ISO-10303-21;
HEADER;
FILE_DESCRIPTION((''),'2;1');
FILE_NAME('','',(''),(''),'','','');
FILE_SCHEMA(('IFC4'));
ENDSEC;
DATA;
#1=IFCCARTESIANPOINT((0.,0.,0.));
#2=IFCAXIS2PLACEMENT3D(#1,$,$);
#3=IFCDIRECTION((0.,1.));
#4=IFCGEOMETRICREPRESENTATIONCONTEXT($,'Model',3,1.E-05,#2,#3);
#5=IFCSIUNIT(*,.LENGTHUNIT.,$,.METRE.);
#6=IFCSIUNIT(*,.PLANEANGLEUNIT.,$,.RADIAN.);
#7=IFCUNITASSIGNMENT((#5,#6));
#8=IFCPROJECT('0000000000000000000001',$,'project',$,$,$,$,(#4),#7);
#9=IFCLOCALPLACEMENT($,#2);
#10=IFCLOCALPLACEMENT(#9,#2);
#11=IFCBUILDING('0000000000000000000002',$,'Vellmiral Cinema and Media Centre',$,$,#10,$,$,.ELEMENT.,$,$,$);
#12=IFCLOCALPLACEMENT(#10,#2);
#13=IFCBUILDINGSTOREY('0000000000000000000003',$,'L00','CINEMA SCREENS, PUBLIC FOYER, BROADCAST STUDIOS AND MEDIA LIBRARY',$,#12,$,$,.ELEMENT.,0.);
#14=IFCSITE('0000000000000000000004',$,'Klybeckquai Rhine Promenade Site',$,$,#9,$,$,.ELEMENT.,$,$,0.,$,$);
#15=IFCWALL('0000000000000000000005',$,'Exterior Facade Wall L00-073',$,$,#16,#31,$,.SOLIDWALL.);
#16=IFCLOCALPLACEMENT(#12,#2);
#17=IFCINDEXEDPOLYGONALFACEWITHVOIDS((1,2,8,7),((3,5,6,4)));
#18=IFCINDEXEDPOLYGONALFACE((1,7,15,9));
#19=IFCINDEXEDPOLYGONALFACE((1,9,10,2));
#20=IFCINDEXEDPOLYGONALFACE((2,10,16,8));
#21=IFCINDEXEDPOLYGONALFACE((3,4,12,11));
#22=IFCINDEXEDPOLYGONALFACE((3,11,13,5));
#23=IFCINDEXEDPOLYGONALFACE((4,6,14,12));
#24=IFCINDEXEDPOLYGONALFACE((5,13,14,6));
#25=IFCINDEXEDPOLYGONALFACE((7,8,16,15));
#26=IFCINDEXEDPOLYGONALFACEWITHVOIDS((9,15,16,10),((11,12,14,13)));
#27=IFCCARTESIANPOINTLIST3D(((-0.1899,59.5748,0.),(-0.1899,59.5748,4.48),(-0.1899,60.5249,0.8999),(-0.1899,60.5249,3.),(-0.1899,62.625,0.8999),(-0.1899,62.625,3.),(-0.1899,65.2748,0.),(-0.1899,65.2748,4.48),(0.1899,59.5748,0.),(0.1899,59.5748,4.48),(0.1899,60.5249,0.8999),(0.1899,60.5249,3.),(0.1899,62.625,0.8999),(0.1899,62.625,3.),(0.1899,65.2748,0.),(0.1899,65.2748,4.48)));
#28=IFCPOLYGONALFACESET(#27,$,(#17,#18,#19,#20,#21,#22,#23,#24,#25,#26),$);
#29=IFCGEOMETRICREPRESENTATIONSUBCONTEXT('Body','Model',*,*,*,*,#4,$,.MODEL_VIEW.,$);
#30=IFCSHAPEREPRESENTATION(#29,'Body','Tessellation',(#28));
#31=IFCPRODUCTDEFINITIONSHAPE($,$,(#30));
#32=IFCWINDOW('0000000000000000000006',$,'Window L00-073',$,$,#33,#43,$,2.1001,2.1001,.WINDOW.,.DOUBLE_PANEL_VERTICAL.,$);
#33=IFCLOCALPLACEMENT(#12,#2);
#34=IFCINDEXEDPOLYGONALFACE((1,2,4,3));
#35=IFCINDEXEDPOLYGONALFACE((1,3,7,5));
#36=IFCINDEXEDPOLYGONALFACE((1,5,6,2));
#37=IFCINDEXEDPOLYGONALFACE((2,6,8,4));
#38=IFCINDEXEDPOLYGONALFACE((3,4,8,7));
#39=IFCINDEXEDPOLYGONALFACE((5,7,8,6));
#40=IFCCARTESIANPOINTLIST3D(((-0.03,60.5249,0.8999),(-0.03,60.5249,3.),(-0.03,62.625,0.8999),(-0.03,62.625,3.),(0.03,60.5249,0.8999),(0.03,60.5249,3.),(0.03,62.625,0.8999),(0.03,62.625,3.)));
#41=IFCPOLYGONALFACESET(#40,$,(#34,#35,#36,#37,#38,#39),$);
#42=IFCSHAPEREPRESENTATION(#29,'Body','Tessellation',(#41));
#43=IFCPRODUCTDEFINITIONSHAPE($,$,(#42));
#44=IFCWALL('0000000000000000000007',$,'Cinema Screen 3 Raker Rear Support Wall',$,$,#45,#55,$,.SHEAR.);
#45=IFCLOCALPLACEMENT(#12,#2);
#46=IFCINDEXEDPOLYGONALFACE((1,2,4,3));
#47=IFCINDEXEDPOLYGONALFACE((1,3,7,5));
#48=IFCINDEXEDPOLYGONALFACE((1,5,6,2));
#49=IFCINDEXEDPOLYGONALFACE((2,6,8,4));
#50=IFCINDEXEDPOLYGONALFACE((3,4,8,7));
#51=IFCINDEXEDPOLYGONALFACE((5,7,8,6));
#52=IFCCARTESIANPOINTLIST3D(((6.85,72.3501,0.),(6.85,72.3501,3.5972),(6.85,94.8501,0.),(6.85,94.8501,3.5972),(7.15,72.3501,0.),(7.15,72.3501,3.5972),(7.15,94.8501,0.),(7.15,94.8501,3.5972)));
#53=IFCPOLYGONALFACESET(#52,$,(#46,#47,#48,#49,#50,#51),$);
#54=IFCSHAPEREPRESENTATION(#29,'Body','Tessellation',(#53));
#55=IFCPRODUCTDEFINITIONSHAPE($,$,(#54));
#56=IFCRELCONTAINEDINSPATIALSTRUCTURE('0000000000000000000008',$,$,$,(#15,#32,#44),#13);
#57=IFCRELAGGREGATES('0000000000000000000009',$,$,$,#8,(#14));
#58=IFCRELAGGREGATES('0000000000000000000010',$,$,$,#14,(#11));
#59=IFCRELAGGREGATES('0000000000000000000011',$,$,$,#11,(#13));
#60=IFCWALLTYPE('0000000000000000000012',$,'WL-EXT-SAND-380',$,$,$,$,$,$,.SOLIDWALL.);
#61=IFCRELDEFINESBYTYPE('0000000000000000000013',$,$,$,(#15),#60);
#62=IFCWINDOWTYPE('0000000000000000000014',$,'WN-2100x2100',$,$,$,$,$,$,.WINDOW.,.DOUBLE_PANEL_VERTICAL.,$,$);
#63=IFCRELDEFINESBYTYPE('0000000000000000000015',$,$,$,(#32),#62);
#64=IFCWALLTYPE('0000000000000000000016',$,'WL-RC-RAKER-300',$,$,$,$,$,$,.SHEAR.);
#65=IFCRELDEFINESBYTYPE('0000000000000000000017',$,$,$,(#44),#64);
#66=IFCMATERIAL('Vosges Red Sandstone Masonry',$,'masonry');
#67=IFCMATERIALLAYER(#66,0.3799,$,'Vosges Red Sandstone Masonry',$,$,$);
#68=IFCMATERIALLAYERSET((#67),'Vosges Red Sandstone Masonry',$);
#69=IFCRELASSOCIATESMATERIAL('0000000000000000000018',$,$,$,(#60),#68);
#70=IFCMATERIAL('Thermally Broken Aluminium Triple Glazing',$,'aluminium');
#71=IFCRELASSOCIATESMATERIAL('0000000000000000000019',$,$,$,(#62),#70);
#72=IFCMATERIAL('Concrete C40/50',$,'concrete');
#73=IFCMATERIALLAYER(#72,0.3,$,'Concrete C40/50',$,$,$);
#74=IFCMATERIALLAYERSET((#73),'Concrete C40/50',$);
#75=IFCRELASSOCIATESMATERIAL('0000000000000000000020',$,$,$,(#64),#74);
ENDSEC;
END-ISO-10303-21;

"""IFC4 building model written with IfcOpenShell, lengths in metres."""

from ifc_helpers import new_model, si_unit, direction, frame, frame_2d, origin, place, context, subcontext, project, spatial, rectangle, extrude, material, layer, layer_set, type_object, element, fill, save


model = new_model("IFC4")

# Units and contexts
model_context = context("Model", 3, precision=1e-05, world=origin(), true_north=direction((0.0, 1.0)))
body_context = subcontext(model_context, "Body", "Model", "MODEL_VIEW")
ifc_project = project(units=[si_unit("LENGTHUNIT", "METRE"), si_unit("PLANEANGLEUNIT", "RADIAN")], contexts=[model_context])

# Site, building, storey
site_placement = place(None, origin())
site = spatial("IfcSite", under=ifc_project, at=site_placement, Name="Klybeckquai Rhine Promenade Site", CompositionType="ELEMENT", RefElevation=0.0)
building_placement = place(site_placement, origin())
building = spatial("IfcBuilding", under=site, at=building_placement, Name="Vellmiral Cinema and Media Centre", CompositionType="ELEMENT")
storey_placement = place(building_placement, origin())
storey = spatial("IfcBuildingStorey", under=building, at=storey_placement, Name="L00", Description="CINEMA SCREENS, PUBLIC FOYER, BROADCAST STUDIOS AND MEDIA LIBRARY", CompositionType="ELEMENT", Elevation=0.0)

# Wall, opening, window
ifc_material_1 = material(Name="Vosges Red Sandstone Masonry", Category="masonry")
ifc_layer_1 = layer(ifc_material_1, 0.3799, Name="Vosges Red Sandstone Masonry")
ifc_layer_set_1 = layer_set([ifc_layer_1], Name="Vosges Red Sandstone Masonry")
wall_type_1 = type_object("IfcWallType", Name="WL-EXT-SAND-380", PredefinedType="SOLIDWALL", material=ifc_layer_set_1)
wall_1_placement = place(storey_placement, frame((0.0, 65.2749, 0.0), z_axis=(0.0, 0.0, 1.0), x_axis=(0.0, -1.0, 0.0)))
wall_1 = element("IfcWall", 1, at=wall_1_placement, inside=storey, type_object=wall_type_1, Name="Exterior Facade Wall L00-073", PredefinedType="SOLIDWALL", context=body_context, shape_type="SweptSolid", body=[
    extrude(rectangle(XDim=5.7, YDim=0.3799, at=frame_2d((2.8501, 0.0))), origin(), (0.0, 0.0, 1.0), 4.48),
])
opening_1_placement = place(wall_1_placement, frame((2.6499, 0.0, 0.8999)))
opening_1 = element("IfcOpeningElement", 2, at=opening_1_placement, cuts=wall_1, PredefinedType="OPENING", context=body_context, shape_type="SweptSolid", body=[
    extrude(rectangle(XDim=2.1001, YDim=2.1001, at=frame_2d((1.05, 1.05))), frame((0.0, 0.2019, 0.0), z_axis=(0.0, -1.0, 0.0), x_axis=(1.0, 0.0, 0.0)), (0.0, 0.0, 1.0), 0.4038),
])
ifc_material_2 = material(Name="Thermally Broken Aluminium Triple Glazing", Category="aluminium")
window_type_1 = type_object("IfcWindowType", Name="WN-2100x2100", PartitioningType="DOUBLE_PANEL_VERTICAL", PredefinedType="WINDOW", material=ifc_material_2)
window_1_placement = place(opening_1_placement, origin())
window_1 = element("IfcWindow", 3, at=window_1_placement, inside=storey, type_object=window_type_1, Name="Window L00-073", OverallHeight=2.1001, OverallWidth=2.1001, PartitioningType="DOUBLE_PANEL_VERTICAL", PredefinedType="WINDOW", context=body_context, shape_type="SweptSolid", body=[
    extrude(rectangle(XDim=2.1001, YDim=2.1001, at=frame_2d((1.05, 1.05))), frame((0.0, 0.03, 0.0), z_axis=(0.0, -1.0, 0.0), x_axis=(1.0, 0.0, 0.0)), (0.0, 0.0, 1.0), 0.0601),
])
fill(opening_1, window_1)

# Wall
ifc_material_3 = material(Name="Concrete C40/50", Category="concrete")
ifc_layer_2 = layer(ifc_material_3, 0.3, Name="Concrete C40/50")
ifc_layer_set_2 = layer_set([ifc_layer_2], Name="Concrete C40/50")
wall_type_2 = type_object("IfcWallType", Name="WL-RC-RAKER-300", PredefinedType="SHEAR", material=ifc_layer_set_2)
wall_2_placement = place(storey_placement, frame((7.0, 72.3501, 0.0), z_axis=(0.0, 0.0, 1.0), x_axis=(0.0, 1.0, 0.0)))
element("IfcWall", 4, at=wall_2_placement, inside=storey, type_object=wall_type_2, Name="Cinema Screen 3 Raker Rear Support Wall", PredefinedType="SHEAR", context=body_context, shape_type="SweptSolid", body=[
    extrude(rectangle(XDim=22.5, YDim=0.3, at=frame_2d((11.25, 0.0))), origin(), (0.0, 0.0, 1.0), 3.5972),
])

save(model, "model.ifc")
